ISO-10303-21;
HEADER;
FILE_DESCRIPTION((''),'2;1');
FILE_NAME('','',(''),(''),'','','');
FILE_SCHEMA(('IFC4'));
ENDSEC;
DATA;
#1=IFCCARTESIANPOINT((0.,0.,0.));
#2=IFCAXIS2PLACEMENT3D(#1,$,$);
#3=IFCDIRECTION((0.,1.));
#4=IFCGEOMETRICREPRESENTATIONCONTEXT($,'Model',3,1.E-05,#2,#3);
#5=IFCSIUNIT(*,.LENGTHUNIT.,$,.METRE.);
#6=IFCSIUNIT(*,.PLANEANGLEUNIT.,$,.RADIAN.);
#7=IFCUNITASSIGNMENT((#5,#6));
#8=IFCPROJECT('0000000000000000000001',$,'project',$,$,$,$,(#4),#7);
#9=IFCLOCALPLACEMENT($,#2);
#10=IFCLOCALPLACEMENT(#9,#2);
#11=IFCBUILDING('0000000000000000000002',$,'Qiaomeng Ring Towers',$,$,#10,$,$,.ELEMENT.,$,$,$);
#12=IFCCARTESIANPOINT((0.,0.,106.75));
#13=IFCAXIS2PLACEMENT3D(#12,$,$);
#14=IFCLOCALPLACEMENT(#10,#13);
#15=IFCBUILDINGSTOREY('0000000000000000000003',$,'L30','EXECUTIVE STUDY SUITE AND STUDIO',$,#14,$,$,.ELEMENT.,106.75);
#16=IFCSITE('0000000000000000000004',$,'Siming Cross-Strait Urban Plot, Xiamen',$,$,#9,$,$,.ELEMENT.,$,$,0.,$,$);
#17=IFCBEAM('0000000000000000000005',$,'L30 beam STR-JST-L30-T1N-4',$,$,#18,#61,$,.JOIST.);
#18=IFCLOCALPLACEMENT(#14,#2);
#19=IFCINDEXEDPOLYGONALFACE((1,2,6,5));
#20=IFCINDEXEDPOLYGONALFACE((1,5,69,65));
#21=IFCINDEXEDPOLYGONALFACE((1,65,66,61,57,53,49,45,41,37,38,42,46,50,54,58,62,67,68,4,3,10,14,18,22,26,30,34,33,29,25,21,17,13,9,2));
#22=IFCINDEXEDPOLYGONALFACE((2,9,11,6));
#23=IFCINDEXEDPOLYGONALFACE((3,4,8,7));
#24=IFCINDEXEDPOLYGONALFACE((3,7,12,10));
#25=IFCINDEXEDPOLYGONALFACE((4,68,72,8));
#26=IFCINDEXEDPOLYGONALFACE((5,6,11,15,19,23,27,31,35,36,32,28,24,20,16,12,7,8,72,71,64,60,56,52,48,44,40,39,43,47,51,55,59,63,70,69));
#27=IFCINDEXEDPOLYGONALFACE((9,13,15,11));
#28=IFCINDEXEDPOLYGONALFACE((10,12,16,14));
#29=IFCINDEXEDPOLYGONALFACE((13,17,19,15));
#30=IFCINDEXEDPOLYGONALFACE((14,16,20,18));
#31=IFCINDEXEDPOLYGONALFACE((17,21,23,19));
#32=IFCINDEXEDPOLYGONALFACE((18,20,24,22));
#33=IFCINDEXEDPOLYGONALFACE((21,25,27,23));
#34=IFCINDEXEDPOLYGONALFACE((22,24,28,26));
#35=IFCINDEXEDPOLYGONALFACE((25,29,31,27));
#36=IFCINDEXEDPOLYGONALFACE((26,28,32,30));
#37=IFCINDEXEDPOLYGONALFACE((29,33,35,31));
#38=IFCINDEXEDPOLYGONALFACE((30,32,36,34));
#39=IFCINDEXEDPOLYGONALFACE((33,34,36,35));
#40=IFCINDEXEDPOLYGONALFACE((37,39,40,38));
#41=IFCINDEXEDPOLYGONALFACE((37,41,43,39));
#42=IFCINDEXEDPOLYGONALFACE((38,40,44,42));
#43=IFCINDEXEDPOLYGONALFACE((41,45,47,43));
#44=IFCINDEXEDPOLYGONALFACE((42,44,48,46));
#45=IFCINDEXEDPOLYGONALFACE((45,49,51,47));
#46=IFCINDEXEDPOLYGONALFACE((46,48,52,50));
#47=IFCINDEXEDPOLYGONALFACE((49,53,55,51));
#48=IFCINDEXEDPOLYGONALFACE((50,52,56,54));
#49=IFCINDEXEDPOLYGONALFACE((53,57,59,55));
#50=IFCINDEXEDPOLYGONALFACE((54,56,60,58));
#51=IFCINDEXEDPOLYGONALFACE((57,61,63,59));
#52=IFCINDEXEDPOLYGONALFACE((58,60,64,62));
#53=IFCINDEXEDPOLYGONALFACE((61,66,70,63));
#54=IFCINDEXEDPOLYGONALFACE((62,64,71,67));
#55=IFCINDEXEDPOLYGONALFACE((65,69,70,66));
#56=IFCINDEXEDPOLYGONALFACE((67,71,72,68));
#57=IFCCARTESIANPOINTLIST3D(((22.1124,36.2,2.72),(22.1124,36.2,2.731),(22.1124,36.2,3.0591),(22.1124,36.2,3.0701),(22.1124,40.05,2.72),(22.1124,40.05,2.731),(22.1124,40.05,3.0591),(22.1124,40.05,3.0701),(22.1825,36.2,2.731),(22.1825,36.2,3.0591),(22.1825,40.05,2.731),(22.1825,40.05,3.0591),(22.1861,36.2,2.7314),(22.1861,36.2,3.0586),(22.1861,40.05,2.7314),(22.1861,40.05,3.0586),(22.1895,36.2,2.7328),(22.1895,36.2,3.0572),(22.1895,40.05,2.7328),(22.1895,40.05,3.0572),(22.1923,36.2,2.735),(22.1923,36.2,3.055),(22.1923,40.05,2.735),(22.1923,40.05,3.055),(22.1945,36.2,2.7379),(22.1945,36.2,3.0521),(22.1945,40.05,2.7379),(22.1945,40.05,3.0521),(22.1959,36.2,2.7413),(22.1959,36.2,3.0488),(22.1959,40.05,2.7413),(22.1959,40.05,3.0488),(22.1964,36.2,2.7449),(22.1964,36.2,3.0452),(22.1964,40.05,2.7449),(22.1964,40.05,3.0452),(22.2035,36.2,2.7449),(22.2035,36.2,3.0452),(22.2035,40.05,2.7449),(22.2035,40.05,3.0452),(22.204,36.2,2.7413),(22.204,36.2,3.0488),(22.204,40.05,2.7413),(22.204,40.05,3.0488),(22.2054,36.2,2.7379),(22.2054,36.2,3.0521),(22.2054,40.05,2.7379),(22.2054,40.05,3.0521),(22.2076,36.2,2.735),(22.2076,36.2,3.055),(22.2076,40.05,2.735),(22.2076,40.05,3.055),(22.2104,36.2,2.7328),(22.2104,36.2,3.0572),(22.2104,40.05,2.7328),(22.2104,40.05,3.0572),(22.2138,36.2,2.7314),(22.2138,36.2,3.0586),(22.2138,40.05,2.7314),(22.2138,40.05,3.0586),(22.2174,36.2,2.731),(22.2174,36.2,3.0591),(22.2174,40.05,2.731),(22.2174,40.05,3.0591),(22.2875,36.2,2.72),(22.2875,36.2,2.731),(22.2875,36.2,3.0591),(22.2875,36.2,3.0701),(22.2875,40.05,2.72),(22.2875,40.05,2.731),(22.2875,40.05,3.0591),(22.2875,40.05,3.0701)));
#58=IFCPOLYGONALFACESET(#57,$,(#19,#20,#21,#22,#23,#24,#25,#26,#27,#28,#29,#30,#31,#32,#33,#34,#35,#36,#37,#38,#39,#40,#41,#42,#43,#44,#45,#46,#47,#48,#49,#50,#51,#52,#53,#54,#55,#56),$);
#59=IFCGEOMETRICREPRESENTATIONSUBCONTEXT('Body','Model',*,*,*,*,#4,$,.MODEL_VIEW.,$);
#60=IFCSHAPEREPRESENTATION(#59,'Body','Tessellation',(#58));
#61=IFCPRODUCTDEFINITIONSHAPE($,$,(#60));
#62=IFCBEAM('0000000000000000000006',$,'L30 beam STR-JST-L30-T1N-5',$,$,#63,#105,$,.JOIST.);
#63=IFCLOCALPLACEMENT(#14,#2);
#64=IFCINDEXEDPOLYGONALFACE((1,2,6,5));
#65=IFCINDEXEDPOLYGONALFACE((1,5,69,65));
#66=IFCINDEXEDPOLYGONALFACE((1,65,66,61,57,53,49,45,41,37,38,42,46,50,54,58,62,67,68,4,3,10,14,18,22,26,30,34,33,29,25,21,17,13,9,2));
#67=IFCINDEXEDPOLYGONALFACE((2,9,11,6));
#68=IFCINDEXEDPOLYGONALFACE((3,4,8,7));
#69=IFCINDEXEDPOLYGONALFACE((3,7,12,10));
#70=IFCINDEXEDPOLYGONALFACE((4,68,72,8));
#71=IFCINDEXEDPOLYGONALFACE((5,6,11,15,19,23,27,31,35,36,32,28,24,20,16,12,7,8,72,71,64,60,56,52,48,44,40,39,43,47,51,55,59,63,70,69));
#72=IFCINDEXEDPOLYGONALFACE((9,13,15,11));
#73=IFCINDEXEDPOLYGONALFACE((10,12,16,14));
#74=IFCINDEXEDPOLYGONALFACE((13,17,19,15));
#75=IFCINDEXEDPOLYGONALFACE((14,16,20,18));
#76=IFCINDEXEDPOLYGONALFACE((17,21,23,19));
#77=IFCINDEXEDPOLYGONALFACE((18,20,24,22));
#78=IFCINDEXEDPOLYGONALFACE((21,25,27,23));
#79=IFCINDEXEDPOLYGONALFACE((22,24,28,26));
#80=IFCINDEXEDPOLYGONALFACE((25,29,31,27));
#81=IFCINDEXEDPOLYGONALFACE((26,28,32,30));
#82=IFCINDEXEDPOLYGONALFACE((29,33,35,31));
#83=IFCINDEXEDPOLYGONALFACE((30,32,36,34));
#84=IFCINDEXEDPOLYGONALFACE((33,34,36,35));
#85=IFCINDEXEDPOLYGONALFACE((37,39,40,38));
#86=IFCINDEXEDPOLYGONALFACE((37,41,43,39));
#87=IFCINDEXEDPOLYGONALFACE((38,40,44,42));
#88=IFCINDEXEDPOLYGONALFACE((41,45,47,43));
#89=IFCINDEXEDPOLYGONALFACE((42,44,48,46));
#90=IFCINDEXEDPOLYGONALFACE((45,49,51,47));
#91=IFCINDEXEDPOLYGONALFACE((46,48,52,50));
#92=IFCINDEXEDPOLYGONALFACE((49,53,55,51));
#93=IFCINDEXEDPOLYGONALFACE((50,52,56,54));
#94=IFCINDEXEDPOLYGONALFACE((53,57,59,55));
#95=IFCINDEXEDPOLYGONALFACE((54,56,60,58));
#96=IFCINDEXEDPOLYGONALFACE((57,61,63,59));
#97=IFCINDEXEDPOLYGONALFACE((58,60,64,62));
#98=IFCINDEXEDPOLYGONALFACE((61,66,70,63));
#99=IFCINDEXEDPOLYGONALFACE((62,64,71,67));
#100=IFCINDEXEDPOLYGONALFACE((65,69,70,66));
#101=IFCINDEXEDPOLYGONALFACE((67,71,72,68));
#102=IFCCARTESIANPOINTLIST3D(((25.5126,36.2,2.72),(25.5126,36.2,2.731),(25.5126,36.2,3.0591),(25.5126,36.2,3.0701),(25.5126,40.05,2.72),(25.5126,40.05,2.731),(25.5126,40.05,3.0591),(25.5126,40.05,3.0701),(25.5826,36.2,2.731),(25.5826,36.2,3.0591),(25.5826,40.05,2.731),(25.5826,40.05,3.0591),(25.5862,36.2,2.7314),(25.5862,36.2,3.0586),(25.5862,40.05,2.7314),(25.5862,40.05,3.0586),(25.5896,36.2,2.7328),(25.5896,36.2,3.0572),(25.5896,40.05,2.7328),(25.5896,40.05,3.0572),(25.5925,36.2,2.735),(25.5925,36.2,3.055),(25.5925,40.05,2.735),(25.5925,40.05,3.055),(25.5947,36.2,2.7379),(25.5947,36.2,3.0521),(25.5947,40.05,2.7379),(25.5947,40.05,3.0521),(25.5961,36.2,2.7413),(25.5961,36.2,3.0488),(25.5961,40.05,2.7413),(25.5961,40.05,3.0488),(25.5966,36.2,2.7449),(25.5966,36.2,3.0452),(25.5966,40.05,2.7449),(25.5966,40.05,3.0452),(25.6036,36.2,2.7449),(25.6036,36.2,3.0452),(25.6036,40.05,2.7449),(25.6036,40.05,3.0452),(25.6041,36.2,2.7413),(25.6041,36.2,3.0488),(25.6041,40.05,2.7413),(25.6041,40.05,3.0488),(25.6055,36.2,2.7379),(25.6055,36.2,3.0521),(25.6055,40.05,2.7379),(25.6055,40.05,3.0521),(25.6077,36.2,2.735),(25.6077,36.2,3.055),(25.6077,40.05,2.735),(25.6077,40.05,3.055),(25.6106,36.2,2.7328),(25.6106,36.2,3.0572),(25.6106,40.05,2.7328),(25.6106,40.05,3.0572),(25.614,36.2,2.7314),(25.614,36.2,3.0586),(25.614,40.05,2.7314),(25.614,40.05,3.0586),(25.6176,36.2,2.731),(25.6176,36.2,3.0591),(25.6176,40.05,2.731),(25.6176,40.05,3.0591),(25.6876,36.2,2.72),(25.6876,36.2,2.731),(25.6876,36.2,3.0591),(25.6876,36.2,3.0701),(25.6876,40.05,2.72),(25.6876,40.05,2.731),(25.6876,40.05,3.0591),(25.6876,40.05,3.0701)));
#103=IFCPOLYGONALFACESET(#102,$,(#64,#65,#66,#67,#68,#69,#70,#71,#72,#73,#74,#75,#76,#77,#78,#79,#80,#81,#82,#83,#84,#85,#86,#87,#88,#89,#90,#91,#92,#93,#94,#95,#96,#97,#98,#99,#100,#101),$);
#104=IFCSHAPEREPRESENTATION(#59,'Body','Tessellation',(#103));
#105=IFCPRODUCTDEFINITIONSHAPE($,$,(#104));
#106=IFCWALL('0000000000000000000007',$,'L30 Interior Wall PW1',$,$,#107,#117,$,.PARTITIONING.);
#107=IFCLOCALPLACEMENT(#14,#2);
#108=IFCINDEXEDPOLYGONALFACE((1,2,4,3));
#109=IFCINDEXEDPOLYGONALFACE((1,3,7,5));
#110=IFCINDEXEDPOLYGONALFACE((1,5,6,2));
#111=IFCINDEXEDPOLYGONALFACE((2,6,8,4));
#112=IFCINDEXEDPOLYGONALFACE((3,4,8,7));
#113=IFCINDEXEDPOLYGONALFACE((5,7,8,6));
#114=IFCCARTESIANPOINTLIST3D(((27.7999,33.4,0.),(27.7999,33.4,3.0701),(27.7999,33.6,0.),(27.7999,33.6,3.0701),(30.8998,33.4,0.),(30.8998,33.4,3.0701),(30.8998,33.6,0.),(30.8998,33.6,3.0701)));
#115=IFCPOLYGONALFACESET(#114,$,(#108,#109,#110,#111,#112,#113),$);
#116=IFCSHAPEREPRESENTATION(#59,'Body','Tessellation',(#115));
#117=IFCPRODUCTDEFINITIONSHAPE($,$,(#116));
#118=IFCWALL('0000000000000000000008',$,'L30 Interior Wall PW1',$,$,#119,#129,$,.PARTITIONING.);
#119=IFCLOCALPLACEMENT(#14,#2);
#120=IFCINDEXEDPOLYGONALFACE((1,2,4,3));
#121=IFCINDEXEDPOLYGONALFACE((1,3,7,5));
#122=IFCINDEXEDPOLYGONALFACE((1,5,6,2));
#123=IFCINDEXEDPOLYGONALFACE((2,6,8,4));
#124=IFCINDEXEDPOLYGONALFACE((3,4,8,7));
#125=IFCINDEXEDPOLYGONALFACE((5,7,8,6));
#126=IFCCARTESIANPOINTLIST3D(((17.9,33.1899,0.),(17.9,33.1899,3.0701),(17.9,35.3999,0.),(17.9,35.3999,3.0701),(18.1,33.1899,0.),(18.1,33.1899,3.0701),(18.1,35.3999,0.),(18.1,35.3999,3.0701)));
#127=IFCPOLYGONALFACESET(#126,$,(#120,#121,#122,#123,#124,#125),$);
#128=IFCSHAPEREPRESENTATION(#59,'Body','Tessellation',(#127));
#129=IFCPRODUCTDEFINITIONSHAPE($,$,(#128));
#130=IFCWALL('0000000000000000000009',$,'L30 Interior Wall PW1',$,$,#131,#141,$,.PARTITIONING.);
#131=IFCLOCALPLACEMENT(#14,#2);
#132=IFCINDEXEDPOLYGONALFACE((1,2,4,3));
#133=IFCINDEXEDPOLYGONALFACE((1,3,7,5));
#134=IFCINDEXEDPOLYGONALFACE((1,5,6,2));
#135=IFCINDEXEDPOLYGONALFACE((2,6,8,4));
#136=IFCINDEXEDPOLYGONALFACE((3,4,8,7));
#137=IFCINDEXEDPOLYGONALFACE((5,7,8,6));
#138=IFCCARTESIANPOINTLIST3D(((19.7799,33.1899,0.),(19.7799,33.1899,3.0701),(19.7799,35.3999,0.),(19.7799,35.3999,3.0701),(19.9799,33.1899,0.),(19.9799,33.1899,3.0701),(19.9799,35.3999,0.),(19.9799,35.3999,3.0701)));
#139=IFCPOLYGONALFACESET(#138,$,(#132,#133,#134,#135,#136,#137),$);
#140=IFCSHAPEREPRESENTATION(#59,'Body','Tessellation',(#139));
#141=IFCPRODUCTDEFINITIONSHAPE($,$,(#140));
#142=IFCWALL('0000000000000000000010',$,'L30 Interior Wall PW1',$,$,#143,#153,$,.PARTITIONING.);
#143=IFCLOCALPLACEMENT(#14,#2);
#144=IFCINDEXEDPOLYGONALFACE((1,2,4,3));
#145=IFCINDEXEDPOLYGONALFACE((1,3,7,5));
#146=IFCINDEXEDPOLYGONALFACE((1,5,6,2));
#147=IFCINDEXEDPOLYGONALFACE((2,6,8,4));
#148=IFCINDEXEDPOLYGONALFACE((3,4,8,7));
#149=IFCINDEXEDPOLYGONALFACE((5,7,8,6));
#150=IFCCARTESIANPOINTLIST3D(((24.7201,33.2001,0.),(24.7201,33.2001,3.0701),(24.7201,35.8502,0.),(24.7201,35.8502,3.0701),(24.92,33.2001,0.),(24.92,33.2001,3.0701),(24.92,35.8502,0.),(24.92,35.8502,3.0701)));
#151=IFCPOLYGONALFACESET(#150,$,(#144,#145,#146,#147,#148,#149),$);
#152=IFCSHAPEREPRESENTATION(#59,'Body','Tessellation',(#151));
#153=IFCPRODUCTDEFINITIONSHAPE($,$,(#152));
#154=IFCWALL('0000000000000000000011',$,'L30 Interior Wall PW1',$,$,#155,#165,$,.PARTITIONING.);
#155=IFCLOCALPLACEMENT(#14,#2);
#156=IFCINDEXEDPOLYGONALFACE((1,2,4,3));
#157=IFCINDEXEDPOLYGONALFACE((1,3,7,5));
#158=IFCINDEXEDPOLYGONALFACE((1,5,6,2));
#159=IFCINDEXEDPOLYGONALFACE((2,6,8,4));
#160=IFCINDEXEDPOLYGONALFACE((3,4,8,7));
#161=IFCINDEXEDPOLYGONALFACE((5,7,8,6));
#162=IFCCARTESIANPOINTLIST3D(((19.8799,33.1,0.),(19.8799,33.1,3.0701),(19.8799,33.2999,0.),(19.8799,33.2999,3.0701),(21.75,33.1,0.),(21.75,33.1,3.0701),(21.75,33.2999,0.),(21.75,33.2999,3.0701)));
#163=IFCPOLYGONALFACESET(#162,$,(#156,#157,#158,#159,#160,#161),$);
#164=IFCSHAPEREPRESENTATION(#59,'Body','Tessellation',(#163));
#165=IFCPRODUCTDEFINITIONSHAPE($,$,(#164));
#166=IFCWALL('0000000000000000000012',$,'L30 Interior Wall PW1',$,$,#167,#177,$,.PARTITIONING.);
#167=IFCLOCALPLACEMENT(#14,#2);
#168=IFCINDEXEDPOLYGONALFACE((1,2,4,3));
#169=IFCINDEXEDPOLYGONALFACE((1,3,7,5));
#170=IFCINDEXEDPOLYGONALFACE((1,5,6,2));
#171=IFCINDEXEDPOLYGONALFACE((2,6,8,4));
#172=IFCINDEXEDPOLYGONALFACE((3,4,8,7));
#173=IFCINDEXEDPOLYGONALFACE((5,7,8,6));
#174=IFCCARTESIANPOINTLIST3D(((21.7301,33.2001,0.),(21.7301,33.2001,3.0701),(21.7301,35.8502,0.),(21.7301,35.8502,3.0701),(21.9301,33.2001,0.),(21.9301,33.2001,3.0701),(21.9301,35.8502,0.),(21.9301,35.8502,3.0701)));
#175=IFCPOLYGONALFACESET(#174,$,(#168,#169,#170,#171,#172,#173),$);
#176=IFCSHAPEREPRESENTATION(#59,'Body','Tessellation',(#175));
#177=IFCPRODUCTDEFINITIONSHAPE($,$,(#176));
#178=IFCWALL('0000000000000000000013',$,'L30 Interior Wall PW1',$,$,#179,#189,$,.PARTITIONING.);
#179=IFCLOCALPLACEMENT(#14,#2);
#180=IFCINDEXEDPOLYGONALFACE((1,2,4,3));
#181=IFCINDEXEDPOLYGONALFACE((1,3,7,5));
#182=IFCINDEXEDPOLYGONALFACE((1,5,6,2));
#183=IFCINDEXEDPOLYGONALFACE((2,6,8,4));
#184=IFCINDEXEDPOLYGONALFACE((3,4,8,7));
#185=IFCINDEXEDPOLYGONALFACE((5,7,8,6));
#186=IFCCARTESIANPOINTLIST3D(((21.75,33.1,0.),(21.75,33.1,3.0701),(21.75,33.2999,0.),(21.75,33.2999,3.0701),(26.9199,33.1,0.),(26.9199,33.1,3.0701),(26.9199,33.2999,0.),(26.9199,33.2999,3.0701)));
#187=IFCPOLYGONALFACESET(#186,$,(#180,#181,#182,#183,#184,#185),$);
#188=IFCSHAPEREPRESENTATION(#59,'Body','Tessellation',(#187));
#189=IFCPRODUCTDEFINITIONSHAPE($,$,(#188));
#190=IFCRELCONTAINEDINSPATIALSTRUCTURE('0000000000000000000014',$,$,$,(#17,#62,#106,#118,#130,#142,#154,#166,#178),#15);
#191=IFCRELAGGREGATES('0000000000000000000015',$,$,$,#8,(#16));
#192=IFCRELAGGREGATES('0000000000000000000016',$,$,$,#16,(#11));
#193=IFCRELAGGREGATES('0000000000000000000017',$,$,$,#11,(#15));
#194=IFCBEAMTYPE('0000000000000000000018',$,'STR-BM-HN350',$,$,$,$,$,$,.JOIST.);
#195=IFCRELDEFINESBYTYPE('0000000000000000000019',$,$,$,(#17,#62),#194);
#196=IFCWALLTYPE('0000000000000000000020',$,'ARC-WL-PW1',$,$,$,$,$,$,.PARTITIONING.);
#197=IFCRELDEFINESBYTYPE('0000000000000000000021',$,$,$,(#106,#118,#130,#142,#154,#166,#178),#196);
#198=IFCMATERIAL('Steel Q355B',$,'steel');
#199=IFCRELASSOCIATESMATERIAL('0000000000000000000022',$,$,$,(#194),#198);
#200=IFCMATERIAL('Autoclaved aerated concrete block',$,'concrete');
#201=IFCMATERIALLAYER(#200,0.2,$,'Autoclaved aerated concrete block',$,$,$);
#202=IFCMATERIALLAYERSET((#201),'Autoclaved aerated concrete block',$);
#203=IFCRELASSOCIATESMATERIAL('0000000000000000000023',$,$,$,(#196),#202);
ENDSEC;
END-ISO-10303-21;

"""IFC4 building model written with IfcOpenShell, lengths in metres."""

from ifc_helpers import new_model, si_unit, direction, frame, frame_2d, origin, origin_2d, place, context, subcontext, project, spatial, rectangle, i_section, extrude, source, transform, mapped, material, layer, layer_set, material_profile, profile_set, type_object, element, save


model = new_model("IFC4")

# Units and contexts
model_context = context("Model", 3, precision=1e-05, world=origin(), true_north=direction((0.0, 1.0)))
body_context = subcontext(model_context, "Body", "Model", "MODEL_VIEW")
ifc_project = project(units=[si_unit("LENGTHUNIT", "METRE"), si_unit("PLANEANGLEUNIT", "RADIAN")], contexts=[model_context])

# Site, building, storey
site_placement = place(None, origin())
site = spatial("IfcSite", under=ifc_project, at=site_placement, Name="Siming Cross-Strait Urban Plot, Xiamen", CompositionType="ELEMENT", RefElevation=0.0)
building_placement = place(site_placement, origin())
building = spatial("IfcBuilding", under=site, at=building_placement, Name="Qiaomeng Ring Towers", CompositionType="ELEMENT")
storey_placement = place(building_placement, frame((0.0, 0.0, 106.75)))
storey = spatial("IfcBuildingStorey", under=building, at=storey_placement, Name="L30", Description="EXECUTIVE STUDY SUITE AND STUDIO", CompositionType="ELEMENT", Elevation=106.75)

# Beams
ifc_material_1 = material(Name="Steel Q355B", Category="steel")
ifc_material_profile_1 = material_profile(ifc_material_1, i_section(OverallWidth=0.175, OverallDepth=0.3501, WebThickness=0.0071, FlangeThickness=0.011, FilletRadius=0.0139, at=origin_2d()), Name="HN 350x175x7x11")
ifc_profile_set_1 = profile_set([ifc_material_profile_1], Name="Steel Q355B")
beam_type_1 = type_object("IfcBeamType", Name="STR-BM-HN350", PredefinedType="JOIST", material=ifc_profile_set_1)
shared_shape_1 = source(origin(), body_context, "Body", "SweptSolid", [
    extrude(i_section(OverallWidth=0.175, OverallDepth=0.3501, WebThickness=0.0071, FlangeThickness=0.011, FilletRadius=0.0139, at=origin_2d()), origin(), (0.0, 0.0, 1.0), 3.8501),
])
for number, where, z_axis, x_axis, name in (
    (1, (22.2, 36.2, 2.895), (0.0, 1.0, 0.0), (-1.0, 0.0, 0.0), "L30 beam STR-JST-L30-T1N-4"),
    (2, (25.6001, 36.2, 2.895), (0.0, 1.0, 0.0), (-1.0, 0.0, 0.0), "L30 beam STR-JST-L30-T1N-5"),
):
    element("IfcBeam", number, at=place(storey_placement, frame(where, z_axis=z_axis, x_axis=x_axis)), inside=storey, type_object=beam_type_1, Name=name, PredefinedType="JOIST", context=body_context, shape_type="MappedRepresentation", body=[
        mapped(shared_shape_1, transform((0.0, 0.0, 0.0), x_axis=(1.0, 0.0, 0.0), y_axis=(0.0, 1.0, 0.0), z_axis=(0.0, 0.0, 1.0), scale=1.0)),
    ])

# Walls
ifc_material_2 = material(Name="Autoclaved aerated concrete block", Category="concrete")
ifc_layer_1 = layer(ifc_material_2, 0.2, Name="Autoclaved aerated concrete block")
ifc_layer_set_1 = layer_set([ifc_layer_1], Name="Autoclaved aerated concrete block")
wall_type_1 = type_object("IfcWallType", Name="ARC-WL-PW1", PredefinedType="PARTITIONING", material=ifc_layer_set_1)
wall_1_placement = place(storey_placement, frame((27.8, 33.5, 0.0), z_axis=(0.0, 0.0, 1.0), x_axis=(1.0, 0.0, 0.0)))
element("IfcWall", 3, at=wall_1_placement, inside=storey, type_object=wall_type_1, Name="L30 Interior Wall PW1", PredefinedType="PARTITIONING", context=body_context, shape_type="SweptSolid", body=[
    extrude(rectangle(XDim=3.0999, YDim=0.2, at=frame_2d((1.5498, 0.0))), origin(), (0.0, 0.0, 1.0), 3.0701),
])
for number, where, z_axis, x_axis, name in (
    (4, (18.0, 33.1899, 0.0), (0.0, 0.0, 1.0), (0.0, 1.0, 0.0), "L30 Interior Wall PW1"),
    (5, (19.8799, 33.1899, 0.0), (0.0, 0.0, 1.0), (0.0, 1.0, 0.0), "L30 Interior Wall PW1"),
):
    element("IfcWall", number, at=place(storey_placement, frame(where, z_axis=z_axis, x_axis=x_axis)), inside=storey, type_object=wall_type_1, Name=name, PredefinedType="PARTITIONING", context=body_context, shape_type="SweptSolid", body=[
        extrude(rectangle(XDim=2.21, YDim=0.2, at=frame_2d((1.105, 0.0))), origin(), (0.0, 0.0, 1.0), 3.0701),
    ])
wall_2_placement = place(storey_placement, frame((24.8201, 33.2, 0.0), z_axis=(0.0, 0.0, 1.0), x_axis=(0.0, 1.0, 0.0)))
element("IfcWall", 6, at=wall_2_placement, inside=storey, type_object=wall_type_1, Name="L30 Interior Wall PW1", PredefinedType="PARTITIONING", context=body_context, shape_type="SweptSolid", body=[
    extrude(rectangle(XDim=2.6501, YDim=0.2, at=frame_2d((1.3252, 0.0))), origin(), (0.0, 0.0, 1.0), 3.0701),
])
wall_3_placement = place(storey_placement, frame((19.8799, 33.2, 0.0), z_axis=(0.0, 0.0, 1.0), x_axis=(1.0, 0.0, 0.0)))
element("IfcWall", 7, at=wall_3_placement, inside=storey, type_object=wall_type_1, Name="L30 Interior Wall PW1", PredefinedType="PARTITIONING", context=body_context, shape_type="SweptSolid", body=[
    extrude(rectangle(XDim=1.8701, YDim=0.2, at=frame_2d((0.9351, 0.0))), origin(), (0.0, 0.0, 1.0), 3.0701),
])
wall_4_placement = place(storey_placement, frame((21.8301, 33.2, 0.0), z_axis=(0.0, 0.0, 1.0), x_axis=(0.0, 1.0, 0.0)))
element("IfcWall", 8, at=wall_4_placement, inside=storey, type_object=wall_type_1, Name="L30 Interior Wall PW1", PredefinedType="PARTITIONING", context=body_context, shape_type="SweptSolid", body=[
    extrude(rectangle(XDim=2.6501, YDim=0.2, at=frame_2d((1.3252, 0.0))), origin(), (0.0, 0.0, 1.0), 3.0701),
])
wall_5_placement = place(storey_placement, frame((21.75, 33.2, 0.0), z_axis=(0.0, 0.0, 1.0), x_axis=(1.0, 0.0, 0.0)))
element("IfcWall", 9, at=wall_5_placement, inside=storey, type_object=wall_type_1, Name="L30 Interior Wall PW1", PredefinedType="PARTITIONING", context=body_context, shape_type="SweptSolid", body=[
    extrude(rectangle(XDim=5.1699, YDim=0.2, at=frame_2d((2.585, 0.0))), origin(), (0.0, 0.0, 1.0), 3.0701),
])

save(model, "model.ifc")
